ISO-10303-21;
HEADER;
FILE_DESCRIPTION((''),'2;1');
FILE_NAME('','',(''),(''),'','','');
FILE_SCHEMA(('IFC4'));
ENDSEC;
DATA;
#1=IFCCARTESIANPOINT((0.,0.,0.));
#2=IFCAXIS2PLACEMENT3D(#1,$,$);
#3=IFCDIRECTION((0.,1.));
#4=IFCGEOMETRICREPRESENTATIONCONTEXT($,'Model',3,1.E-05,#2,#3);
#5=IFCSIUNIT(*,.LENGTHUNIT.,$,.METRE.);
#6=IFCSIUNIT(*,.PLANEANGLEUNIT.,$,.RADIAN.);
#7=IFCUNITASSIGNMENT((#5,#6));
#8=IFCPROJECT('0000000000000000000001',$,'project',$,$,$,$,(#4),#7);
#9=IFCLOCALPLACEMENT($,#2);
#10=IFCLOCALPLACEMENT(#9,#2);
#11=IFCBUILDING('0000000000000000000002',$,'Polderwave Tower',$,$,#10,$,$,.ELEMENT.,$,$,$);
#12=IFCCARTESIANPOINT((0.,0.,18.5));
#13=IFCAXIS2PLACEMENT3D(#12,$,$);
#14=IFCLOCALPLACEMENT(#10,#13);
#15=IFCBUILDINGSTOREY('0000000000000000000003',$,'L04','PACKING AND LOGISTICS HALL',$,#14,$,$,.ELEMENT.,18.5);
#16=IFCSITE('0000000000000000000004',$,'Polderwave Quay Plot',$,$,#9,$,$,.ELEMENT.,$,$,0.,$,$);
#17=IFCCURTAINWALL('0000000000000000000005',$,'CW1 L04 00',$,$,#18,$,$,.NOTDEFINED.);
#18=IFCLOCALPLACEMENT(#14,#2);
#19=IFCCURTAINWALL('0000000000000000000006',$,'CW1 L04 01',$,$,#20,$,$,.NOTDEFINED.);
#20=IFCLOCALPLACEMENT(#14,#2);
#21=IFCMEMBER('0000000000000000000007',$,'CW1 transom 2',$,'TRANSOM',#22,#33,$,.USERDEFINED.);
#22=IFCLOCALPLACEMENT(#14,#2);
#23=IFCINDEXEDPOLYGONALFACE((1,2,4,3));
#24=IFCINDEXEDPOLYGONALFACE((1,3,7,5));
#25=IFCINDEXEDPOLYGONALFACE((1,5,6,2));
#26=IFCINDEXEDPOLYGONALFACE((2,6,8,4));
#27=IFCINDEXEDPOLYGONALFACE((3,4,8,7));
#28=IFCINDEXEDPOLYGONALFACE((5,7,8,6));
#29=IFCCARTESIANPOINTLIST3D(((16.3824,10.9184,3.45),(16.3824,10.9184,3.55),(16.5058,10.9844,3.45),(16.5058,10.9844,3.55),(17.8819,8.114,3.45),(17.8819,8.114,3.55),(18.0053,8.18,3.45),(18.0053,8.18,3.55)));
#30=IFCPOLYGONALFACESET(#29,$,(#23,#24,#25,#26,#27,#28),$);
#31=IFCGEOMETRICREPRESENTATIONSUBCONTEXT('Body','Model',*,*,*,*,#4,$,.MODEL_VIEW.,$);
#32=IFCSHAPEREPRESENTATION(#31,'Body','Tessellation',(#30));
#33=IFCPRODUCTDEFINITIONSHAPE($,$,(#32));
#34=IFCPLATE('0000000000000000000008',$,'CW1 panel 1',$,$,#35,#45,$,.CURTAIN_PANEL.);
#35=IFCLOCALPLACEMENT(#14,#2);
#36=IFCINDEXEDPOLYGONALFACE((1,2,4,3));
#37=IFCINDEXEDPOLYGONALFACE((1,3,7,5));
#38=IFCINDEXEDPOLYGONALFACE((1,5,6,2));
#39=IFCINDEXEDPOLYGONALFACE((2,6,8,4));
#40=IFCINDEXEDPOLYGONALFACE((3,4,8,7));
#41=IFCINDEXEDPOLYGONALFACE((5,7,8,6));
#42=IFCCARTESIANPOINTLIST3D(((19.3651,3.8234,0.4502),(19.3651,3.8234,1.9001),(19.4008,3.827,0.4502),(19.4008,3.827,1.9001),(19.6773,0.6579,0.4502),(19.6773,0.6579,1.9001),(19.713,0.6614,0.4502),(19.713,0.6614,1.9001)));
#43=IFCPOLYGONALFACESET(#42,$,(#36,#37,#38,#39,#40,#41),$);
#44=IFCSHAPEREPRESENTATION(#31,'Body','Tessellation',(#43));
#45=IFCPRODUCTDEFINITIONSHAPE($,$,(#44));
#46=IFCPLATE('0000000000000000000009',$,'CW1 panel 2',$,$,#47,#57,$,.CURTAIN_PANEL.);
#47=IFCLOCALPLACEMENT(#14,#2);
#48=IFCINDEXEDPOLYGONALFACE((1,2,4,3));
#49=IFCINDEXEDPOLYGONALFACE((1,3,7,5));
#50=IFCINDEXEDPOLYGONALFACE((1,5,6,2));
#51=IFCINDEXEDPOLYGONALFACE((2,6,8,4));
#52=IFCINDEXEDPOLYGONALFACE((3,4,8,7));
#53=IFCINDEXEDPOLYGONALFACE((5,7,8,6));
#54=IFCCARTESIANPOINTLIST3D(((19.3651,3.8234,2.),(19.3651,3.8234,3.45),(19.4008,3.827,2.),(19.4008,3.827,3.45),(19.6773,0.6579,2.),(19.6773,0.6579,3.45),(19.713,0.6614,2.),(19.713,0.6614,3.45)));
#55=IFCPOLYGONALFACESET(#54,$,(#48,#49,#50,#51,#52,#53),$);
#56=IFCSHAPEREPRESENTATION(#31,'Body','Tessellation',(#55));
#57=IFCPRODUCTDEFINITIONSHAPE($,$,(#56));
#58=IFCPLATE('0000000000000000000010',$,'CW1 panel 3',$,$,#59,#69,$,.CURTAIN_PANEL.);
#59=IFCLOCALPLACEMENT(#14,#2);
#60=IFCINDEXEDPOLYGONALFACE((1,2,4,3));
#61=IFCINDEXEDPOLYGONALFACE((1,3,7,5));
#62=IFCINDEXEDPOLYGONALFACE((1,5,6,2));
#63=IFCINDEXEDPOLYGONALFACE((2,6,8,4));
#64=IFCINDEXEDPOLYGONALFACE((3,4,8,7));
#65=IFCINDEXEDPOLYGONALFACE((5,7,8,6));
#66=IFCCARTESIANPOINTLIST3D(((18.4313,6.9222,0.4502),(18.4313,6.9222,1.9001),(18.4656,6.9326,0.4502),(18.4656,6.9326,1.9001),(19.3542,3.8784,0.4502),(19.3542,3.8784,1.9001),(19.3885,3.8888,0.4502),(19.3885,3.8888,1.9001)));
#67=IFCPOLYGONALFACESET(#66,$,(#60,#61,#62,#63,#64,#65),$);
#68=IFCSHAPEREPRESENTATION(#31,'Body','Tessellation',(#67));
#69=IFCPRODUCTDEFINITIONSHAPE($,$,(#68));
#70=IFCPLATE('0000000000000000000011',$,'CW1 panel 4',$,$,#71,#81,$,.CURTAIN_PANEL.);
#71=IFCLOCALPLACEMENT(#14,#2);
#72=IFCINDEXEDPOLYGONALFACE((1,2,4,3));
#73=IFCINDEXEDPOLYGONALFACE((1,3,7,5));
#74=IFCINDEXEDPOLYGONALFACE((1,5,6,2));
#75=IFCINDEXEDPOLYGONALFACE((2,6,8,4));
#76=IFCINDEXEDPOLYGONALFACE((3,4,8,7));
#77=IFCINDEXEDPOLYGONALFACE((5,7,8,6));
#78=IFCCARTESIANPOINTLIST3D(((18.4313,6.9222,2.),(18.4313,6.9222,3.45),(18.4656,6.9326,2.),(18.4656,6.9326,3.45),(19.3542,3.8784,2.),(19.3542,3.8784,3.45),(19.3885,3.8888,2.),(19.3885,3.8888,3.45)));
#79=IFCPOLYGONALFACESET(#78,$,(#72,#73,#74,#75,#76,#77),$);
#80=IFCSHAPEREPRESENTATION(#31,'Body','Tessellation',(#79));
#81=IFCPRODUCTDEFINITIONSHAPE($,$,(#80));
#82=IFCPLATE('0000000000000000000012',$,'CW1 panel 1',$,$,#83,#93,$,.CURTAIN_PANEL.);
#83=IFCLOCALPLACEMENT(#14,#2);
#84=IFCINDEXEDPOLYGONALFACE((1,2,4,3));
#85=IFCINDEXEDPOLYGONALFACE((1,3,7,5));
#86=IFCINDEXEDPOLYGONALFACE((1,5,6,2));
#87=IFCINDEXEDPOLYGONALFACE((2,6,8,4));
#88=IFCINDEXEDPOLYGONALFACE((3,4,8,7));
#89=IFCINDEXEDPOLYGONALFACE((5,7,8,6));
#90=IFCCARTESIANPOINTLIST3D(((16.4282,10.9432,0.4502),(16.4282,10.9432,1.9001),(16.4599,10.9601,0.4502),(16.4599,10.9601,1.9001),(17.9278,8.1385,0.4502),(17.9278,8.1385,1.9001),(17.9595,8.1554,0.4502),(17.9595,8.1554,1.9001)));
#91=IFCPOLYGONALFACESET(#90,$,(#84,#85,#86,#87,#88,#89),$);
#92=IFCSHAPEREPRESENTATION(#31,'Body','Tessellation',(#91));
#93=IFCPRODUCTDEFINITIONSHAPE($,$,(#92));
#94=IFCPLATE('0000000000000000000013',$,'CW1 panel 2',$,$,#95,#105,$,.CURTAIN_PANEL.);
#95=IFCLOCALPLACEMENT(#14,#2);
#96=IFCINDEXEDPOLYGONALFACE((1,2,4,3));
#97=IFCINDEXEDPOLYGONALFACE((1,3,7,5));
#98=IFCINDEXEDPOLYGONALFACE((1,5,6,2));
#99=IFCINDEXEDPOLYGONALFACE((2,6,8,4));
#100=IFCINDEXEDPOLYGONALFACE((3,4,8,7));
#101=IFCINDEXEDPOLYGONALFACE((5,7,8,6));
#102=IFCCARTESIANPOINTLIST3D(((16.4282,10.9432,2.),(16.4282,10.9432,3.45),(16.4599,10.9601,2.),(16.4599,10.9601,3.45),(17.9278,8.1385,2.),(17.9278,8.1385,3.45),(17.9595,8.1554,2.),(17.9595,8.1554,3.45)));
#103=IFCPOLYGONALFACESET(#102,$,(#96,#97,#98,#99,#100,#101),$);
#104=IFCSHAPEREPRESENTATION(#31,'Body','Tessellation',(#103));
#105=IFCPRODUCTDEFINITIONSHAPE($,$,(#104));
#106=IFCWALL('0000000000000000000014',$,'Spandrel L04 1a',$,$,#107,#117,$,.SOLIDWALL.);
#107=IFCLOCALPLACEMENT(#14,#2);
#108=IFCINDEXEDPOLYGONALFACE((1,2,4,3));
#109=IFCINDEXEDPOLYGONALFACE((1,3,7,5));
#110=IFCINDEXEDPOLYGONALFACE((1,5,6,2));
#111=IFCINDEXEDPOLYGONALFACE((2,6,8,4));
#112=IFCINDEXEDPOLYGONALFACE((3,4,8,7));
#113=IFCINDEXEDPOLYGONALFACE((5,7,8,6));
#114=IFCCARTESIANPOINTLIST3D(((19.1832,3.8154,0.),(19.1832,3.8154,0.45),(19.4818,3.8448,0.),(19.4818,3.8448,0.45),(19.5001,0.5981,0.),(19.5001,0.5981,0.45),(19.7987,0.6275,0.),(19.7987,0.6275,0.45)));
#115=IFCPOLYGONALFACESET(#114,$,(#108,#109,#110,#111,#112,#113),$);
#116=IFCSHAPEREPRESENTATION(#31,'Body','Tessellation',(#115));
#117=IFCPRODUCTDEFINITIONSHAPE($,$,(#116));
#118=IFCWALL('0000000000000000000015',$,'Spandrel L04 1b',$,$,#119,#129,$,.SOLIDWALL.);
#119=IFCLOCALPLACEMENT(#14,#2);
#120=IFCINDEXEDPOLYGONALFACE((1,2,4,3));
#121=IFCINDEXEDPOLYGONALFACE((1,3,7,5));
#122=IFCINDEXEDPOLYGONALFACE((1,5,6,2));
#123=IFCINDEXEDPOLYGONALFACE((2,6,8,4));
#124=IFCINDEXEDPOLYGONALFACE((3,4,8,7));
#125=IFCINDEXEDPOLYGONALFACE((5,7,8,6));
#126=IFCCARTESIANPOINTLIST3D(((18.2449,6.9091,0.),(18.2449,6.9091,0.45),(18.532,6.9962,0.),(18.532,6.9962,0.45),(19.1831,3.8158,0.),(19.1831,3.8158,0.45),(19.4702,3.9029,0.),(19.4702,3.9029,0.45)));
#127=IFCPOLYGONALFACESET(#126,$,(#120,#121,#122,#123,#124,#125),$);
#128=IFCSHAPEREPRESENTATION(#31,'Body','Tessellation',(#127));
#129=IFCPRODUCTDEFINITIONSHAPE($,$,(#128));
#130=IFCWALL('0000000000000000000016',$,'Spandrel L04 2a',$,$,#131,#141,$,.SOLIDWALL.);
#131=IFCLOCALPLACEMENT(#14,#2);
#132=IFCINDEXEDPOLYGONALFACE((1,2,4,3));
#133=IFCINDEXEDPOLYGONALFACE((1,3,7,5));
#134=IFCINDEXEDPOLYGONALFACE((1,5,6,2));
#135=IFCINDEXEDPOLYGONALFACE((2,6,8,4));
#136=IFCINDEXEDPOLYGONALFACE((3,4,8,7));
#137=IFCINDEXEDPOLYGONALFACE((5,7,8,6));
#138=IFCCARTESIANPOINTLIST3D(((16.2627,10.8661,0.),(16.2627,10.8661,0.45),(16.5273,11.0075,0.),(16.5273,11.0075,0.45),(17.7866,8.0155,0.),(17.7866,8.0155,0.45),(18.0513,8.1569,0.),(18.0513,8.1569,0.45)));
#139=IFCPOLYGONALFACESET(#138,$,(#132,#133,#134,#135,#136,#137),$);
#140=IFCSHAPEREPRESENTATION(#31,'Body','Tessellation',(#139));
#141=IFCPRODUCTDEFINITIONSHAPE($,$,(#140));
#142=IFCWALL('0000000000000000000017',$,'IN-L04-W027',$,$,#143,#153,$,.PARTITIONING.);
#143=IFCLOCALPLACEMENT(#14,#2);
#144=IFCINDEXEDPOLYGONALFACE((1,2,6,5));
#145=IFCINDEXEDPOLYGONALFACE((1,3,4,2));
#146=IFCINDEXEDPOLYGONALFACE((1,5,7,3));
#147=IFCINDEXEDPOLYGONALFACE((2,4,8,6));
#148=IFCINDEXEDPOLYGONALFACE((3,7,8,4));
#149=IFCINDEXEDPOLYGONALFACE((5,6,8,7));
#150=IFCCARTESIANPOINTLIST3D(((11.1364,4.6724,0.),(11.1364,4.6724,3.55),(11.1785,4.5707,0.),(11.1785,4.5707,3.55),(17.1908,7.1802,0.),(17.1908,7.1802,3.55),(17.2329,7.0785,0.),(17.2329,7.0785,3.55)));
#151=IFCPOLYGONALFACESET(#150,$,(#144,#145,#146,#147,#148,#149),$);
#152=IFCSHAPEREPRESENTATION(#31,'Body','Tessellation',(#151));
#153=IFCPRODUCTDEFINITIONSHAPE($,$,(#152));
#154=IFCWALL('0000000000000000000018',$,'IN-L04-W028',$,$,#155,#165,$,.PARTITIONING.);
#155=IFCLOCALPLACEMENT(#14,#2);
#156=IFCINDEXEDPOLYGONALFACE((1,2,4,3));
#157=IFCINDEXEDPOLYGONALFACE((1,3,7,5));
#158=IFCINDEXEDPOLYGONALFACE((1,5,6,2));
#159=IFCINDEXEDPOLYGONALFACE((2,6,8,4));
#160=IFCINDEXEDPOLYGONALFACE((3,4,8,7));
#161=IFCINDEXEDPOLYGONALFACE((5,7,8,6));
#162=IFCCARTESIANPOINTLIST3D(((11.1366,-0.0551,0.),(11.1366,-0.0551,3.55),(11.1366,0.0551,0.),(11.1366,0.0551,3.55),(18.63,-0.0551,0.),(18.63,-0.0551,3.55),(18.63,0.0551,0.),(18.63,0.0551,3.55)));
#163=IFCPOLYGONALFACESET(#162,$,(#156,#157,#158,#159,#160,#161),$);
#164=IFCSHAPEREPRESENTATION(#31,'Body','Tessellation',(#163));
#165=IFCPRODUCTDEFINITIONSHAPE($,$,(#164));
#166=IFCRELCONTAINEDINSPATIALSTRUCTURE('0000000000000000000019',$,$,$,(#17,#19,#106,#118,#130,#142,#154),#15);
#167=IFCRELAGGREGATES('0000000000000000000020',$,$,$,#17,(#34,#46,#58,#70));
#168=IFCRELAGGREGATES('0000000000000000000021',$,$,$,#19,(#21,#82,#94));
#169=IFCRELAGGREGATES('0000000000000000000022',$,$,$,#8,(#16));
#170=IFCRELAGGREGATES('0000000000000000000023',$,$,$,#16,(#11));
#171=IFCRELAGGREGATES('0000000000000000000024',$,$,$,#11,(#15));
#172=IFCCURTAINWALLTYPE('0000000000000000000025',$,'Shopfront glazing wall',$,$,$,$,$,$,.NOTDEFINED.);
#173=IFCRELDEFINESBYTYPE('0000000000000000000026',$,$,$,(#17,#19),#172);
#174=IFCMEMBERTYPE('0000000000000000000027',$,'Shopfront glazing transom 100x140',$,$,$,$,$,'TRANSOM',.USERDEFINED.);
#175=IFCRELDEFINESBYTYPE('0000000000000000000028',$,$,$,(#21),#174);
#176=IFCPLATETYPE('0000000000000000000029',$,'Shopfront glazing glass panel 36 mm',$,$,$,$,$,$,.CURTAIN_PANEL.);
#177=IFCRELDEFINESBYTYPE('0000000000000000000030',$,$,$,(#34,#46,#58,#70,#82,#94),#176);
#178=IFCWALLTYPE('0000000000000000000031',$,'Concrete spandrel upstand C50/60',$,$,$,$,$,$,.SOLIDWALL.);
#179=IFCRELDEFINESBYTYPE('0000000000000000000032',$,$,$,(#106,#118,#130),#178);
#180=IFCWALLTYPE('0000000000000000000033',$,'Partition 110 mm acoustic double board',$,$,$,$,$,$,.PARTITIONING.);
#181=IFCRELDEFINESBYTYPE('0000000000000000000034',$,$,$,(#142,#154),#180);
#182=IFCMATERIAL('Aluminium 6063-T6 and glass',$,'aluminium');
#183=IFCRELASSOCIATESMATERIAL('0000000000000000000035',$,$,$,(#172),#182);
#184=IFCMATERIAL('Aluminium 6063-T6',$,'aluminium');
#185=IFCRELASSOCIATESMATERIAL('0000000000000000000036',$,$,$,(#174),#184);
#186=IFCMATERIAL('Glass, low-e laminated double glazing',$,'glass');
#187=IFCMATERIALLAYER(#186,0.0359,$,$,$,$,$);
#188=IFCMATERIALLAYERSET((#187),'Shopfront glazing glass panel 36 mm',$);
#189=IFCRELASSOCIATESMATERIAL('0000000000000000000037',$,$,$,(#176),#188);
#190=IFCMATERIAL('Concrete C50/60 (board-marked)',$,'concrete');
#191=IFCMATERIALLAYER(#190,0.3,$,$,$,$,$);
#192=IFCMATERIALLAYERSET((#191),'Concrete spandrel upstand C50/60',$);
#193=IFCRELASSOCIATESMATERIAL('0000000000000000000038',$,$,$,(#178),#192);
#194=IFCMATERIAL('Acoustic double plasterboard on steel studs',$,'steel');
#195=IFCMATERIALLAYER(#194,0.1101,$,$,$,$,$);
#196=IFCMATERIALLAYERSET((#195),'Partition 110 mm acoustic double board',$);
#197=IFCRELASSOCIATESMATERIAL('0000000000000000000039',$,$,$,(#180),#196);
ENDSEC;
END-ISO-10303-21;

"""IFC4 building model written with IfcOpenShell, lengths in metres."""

from ifc_helpers import new_model, si_unit, direction, frame, frame_2d, origin, origin_2d, place, context, subcontext, project, spatial, rectangle, extrude, material, layer, layer_set, material_profile, profile_set, type_object, element, aggregate, save


model = new_model("IFC4")

# Units and contexts
model_context = context("Model", 3, precision=1e-05, world=origin(), true_north=direction((0.0, 1.0)))
body_context = subcontext(model_context, "Body", "Model", "MODEL_VIEW")
ifc_project = project(units=[si_unit("LENGTHUNIT", "METRE"), si_unit("PLANEANGLEUNIT", "RADIAN")], contexts=[model_context])

# Site, building, storey
site_placement = place(None, origin())
site = spatial("IfcSite", under=ifc_project, at=site_placement, Name="Polderwave Quay Plot", CompositionType="ELEMENT", RefElevation=0.0)
building_placement = place(site_placement, origin())
building = spatial("IfcBuilding", under=site, at=building_placement, Name="Polderwave Tower", CompositionType="ELEMENT")
storey_placement = place(building_placement, frame((0.0, 0.0, 18.5)))
storey = spatial("IfcBuildingStorey", under=building, at=storey_placement, Name="L04", Description="PACKING AND LOGISTICS HALL", CompositionType="ELEMENT", Elevation=18.5)

# Curtain wall
ifc_material_1 = material(Name="Aluminium 6063-T6 and glass", Category="aluminium")
curtain_wall_type = type_object("IfcCurtainWallType", Name="Shopfront glazing wall", PredefinedType="NOTDEFINED", material=ifc_material_1)
curtain_wall_1_placement = place(storey_placement, origin())
curtain_wall_1 = element("IfcCurtainWall", 1, at=curtain_wall_1_placement, inside=storey, type_object=curtain_wall_type, Name="CW1 L04 00", PredefinedType="NOTDEFINED")
ifc_material_2 = material(Name="Aluminium 6063-T6", Category="aluminium")

# Curtain wall
curtain_wall_2_placement = place(storey_placement, origin())
curtain_wall_2 = element("IfcCurtainWall", 2, at=curtain_wall_2_placement, inside=storey, type_object=curtain_wall_type, Name="CW1 L04 01", PredefinedType="NOTDEFINED")

# Member
ifc_material_profile_1 = material_profile(ifc_material_2, rectangle(XDim=0.1399, YDim=0.1001, at=origin_2d()), Name="AL 100x140")
ifc_profile_set_1 = profile_set([ifc_material_profile_1], Name="Aluminium 6063-T6")
member_type_1 = type_object("IfcMemberType", Name="Shopfront glazing transom 100x140", ElementType="TRANSOM", PredefinedType="USERDEFINED", material=ifc_profile_set_1)
member_1_placement = place(storey_placement, frame((17.9436, 8.147, 3.5), z_axis=(-0.47152, 0.881855, 0.0), x_axis=(-0.881855, -0.47152, 0.0)))
member_1 = element("IfcMember", 3, at=member_1_placement, type_object=member_type_1, Name="CW1 transom 2", ObjectType="TRANSOM", PredefinedType="USERDEFINED", context=body_context, shape_type="SweptSolid", body=[
    extrude(rectangle(XDim=0.1399, YDim=0.1001, at=origin_2d()), origin(), (0.0, 0.0, 1.0), 3.1802),
])

# Plates
ifc_material_3 = material(Name="Glass, low-e laminated double glazing", Category="glass")
ifc_layer_1 = layer(ifc_material_3, 0.0359)
ifc_layer_set_1 = layer_set([ifc_layer_1], Name="Shopfront glazing glass panel 36 mm")
plate_type = type_object("IfcPlateType", Name="Shopfront glazing glass panel 36 mm", PredefinedType="CURTAIN_PANEL", material=ifc_layer_set_1)
plate_1_placement = place(storey_placement, frame((19.5391, 2.2424, 0.4502), z_axis=(0.0, 0.0, 1.0), x_axis=(-0.098142, 0.995172, 0.0)))
plate_1 = element("IfcPlate", 4, at=plate_1_placement, type_object=plate_type, Name="CW1 panel 1", PredefinedType="CURTAIN_PANEL", context=body_context, shape_type="SweptSolid", body=[
    extrude(rectangle(XDim=3.1809, YDim=0.0359, at=origin_2d()), origin(), (0.0, 0.0, 1.0), 1.45),
])
plate_2_placement = place(storey_placement, frame((19.5391, 2.2424, 2.0), z_axis=(0.0, 0.0, 1.0), x_axis=(-0.098142, 0.995172, 0.0)))
plate_2 = element("IfcPlate", 5, at=plate_2_placement, type_object=plate_type, Name="CW1 panel 2", PredefinedType="CURTAIN_PANEL", context=body_context, shape_type="SweptSolid", body=[
    extrude(rectangle(XDim=3.1809, YDim=0.0359, at=origin_2d()), origin(), (0.0, 0.0, 1.0), 1.45),
])
plate_3_placement = place(storey_placement, frame((18.9099, 5.4055, 0.4502), z_axis=(0.0, 0.0, 1.0), x_axis=(-0.290151, 0.956981, 0.0)))
plate_3 = element("IfcPlate", 6, at=plate_3_placement, type_object=plate_type, Name="CW1 panel 3", PredefinedType="CURTAIN_PANEL", context=body_context, shape_type="SweptSolid", body=[
    extrude(rectangle(XDim=3.1807, YDim=0.0359, at=origin_2d()), origin(), (0.0, 0.0, 1.0), 1.45),
])
plate_4_placement = place(storey_placement, frame((18.9099, 5.4055, 2.0), z_axis=(0.0, 0.0, 1.0), x_axis=(-0.290151, 0.956981, 0.0)))
plate_4 = element("IfcPlate", 7, at=plate_4_placement, type_object=plate_type, Name="CW1 panel 4", PredefinedType="CURTAIN_PANEL", context=body_context, shape_type="SweptSolid", body=[
    extrude(rectangle(XDim=3.1807, YDim=0.0359, at=origin_2d()), origin(), (0.0, 0.0, 1.0), 1.45),
])
aggregate(curtain_wall_1, [plate_1, plate_2, plate_3, plate_4])
plate_5_placement = place(storey_placement, frame((17.1938, 9.5493, 0.4502), z_axis=(0.0, 0.0, 1.0), x_axis=(-0.471509, 0.881861, 0.0)))
plate_5 = element("IfcPlate", 8, at=plate_5_placement, type_object=plate_type, Name="CW1 panel 1", PredefinedType="CURTAIN_PANEL", context=body_context, shape_type="SweptSolid", body=[
    extrude(rectangle(XDim=3.1804, YDim=0.0359, at=origin_2d()), origin(), (0.0, 0.0, 1.0), 1.45),
])
plate_6_placement = place(storey_placement, frame((17.1938, 9.5493, 2.0), z_axis=(0.0, 0.0, 1.0), x_axis=(-0.471509, 0.881861, 0.0)))
plate_6 = element("IfcPlate", 9, at=plate_6_placement, type_object=plate_type, Name="CW1 panel 2", PredefinedType="CURTAIN_PANEL", context=body_context, shape_type="SweptSolid", body=[
    extrude(rectangle(XDim=3.1804, YDim=0.0359, at=origin_2d()), origin(), (0.0, 0.0, 1.0), 1.45),
])
aggregate(curtain_wall_2, [member_1, plate_5, plate_6])

# Walls
ifc_material_4 = material(Name="Concrete C50/60 (board-marked)", Category="concrete")
ifc_layer_2 = layer(ifc_material_4, 0.3)
ifc_layer_set_2 = layer_set([ifc_layer_2], Name="Concrete spandrel upstand C50/60")
wall_type_1 = type_object("IfcWallType", Name="Concrete spandrel upstand C50/60", PredefinedType="SOLIDWALL", material=ifc_layer_set_2)
wall_1_placement = place(storey_placement, frame((19.6494, 0.6128, 0.0), z_axis=(0.0, 0.0, 1.0), x_axis=(-0.098023, 0.995184, 0.0)))
element("IfcWall", 10, at=wall_1_placement, inside=storey, type_object=wall_type_1, Name="Spandrel L04 1a", PredefinedType="SOLIDWALL", context=body_context, shape_type="SweptSolid", body=[
    extrude(rectangle(XDim=3.2329, YDim=0.3, at=frame_2d((1.6165, 0.0))), origin(), (0.0, 0.0, 1.0), 0.45),
])
for number, where, z_axis, x_axis, name in (
    (11, (19.3267, 3.8594, 0.0), (0.0, 0.0, 1.0), (-0.290257, 0.956949, 0.0), "Spandrel L04 1b"),
    (12, (17.9189, 8.0862, 0.0), (0.0, 0.0, 1.0), (-0.471458, 0.881888, 0.0), "Spandrel L04 2a"),
):
    element("IfcWall", number, at=place(storey_placement, frame(where, z_axis=z_axis, x_axis=x_axis)), inside=storey, type_object=wall_type_1, Name=name, PredefinedType="SOLIDWALL", context=body_context, shape_type="SweptSolid", body=[
        extrude(rectangle(XDim=3.2324, YDim=0.3, at=frame_2d((1.6162, 0.0))), origin(), (0.0, 0.0, 1.0), 0.45),
    ])
ifc_material_5 = material(Name="Acoustic double plasterboard on steel studs", Category="steel")
ifc_layer_3 = layer(ifc_material_5, 0.1101)
ifc_layer_set_3 = layer_set([ifc_layer_3], Name="Partition 110 mm acoustic double board")
wall_type_2 = type_object("IfcWallType", Name="Partition 110 mm acoustic double board", PredefinedType="PARTITIONING", material=ifc_layer_set_3)
wall_2_placement = place(storey_placement, frame((11.1575, 4.6216, 0.0), z_axis=(0.0, 0.0, 1.0), x_axis=(0.923881, 0.382681, 0.0)))
element("IfcWall", 13, at=wall_2_placement, inside=storey, type_object=wall_type_2, Name="IN-L04-W027", PredefinedType="PARTITIONING", context=body_context, shape_type="SweptSolid", body=[
    extrude(rectangle(XDim=6.5532, YDim=0.1101, at=frame_2d((3.2766, 0.0))), origin(), (0.0, 0.0, 1.0), 3.55),
])
wall_3_placement = place(storey_placement, frame((18.6299, 0.0, 0.0), z_axis=(0.0, 0.0, 1.0), x_axis=(-1.0, 0.0, 0.0)))
element("IfcWall", 14, at=wall_3_placement, inside=storey, type_object=wall_type_2, Name="IN-L04-W028", PredefinedType="PARTITIONING", context=body_context, shape_type="SweptSolid", body=[
    extrude(rectangle(XDim=7.4934, YDim=0.1101, at=frame_2d((3.7466, 0.0))), origin(), (0.0, 0.0, 1.0), 3.55),
])

save(model, "model.ifc")
